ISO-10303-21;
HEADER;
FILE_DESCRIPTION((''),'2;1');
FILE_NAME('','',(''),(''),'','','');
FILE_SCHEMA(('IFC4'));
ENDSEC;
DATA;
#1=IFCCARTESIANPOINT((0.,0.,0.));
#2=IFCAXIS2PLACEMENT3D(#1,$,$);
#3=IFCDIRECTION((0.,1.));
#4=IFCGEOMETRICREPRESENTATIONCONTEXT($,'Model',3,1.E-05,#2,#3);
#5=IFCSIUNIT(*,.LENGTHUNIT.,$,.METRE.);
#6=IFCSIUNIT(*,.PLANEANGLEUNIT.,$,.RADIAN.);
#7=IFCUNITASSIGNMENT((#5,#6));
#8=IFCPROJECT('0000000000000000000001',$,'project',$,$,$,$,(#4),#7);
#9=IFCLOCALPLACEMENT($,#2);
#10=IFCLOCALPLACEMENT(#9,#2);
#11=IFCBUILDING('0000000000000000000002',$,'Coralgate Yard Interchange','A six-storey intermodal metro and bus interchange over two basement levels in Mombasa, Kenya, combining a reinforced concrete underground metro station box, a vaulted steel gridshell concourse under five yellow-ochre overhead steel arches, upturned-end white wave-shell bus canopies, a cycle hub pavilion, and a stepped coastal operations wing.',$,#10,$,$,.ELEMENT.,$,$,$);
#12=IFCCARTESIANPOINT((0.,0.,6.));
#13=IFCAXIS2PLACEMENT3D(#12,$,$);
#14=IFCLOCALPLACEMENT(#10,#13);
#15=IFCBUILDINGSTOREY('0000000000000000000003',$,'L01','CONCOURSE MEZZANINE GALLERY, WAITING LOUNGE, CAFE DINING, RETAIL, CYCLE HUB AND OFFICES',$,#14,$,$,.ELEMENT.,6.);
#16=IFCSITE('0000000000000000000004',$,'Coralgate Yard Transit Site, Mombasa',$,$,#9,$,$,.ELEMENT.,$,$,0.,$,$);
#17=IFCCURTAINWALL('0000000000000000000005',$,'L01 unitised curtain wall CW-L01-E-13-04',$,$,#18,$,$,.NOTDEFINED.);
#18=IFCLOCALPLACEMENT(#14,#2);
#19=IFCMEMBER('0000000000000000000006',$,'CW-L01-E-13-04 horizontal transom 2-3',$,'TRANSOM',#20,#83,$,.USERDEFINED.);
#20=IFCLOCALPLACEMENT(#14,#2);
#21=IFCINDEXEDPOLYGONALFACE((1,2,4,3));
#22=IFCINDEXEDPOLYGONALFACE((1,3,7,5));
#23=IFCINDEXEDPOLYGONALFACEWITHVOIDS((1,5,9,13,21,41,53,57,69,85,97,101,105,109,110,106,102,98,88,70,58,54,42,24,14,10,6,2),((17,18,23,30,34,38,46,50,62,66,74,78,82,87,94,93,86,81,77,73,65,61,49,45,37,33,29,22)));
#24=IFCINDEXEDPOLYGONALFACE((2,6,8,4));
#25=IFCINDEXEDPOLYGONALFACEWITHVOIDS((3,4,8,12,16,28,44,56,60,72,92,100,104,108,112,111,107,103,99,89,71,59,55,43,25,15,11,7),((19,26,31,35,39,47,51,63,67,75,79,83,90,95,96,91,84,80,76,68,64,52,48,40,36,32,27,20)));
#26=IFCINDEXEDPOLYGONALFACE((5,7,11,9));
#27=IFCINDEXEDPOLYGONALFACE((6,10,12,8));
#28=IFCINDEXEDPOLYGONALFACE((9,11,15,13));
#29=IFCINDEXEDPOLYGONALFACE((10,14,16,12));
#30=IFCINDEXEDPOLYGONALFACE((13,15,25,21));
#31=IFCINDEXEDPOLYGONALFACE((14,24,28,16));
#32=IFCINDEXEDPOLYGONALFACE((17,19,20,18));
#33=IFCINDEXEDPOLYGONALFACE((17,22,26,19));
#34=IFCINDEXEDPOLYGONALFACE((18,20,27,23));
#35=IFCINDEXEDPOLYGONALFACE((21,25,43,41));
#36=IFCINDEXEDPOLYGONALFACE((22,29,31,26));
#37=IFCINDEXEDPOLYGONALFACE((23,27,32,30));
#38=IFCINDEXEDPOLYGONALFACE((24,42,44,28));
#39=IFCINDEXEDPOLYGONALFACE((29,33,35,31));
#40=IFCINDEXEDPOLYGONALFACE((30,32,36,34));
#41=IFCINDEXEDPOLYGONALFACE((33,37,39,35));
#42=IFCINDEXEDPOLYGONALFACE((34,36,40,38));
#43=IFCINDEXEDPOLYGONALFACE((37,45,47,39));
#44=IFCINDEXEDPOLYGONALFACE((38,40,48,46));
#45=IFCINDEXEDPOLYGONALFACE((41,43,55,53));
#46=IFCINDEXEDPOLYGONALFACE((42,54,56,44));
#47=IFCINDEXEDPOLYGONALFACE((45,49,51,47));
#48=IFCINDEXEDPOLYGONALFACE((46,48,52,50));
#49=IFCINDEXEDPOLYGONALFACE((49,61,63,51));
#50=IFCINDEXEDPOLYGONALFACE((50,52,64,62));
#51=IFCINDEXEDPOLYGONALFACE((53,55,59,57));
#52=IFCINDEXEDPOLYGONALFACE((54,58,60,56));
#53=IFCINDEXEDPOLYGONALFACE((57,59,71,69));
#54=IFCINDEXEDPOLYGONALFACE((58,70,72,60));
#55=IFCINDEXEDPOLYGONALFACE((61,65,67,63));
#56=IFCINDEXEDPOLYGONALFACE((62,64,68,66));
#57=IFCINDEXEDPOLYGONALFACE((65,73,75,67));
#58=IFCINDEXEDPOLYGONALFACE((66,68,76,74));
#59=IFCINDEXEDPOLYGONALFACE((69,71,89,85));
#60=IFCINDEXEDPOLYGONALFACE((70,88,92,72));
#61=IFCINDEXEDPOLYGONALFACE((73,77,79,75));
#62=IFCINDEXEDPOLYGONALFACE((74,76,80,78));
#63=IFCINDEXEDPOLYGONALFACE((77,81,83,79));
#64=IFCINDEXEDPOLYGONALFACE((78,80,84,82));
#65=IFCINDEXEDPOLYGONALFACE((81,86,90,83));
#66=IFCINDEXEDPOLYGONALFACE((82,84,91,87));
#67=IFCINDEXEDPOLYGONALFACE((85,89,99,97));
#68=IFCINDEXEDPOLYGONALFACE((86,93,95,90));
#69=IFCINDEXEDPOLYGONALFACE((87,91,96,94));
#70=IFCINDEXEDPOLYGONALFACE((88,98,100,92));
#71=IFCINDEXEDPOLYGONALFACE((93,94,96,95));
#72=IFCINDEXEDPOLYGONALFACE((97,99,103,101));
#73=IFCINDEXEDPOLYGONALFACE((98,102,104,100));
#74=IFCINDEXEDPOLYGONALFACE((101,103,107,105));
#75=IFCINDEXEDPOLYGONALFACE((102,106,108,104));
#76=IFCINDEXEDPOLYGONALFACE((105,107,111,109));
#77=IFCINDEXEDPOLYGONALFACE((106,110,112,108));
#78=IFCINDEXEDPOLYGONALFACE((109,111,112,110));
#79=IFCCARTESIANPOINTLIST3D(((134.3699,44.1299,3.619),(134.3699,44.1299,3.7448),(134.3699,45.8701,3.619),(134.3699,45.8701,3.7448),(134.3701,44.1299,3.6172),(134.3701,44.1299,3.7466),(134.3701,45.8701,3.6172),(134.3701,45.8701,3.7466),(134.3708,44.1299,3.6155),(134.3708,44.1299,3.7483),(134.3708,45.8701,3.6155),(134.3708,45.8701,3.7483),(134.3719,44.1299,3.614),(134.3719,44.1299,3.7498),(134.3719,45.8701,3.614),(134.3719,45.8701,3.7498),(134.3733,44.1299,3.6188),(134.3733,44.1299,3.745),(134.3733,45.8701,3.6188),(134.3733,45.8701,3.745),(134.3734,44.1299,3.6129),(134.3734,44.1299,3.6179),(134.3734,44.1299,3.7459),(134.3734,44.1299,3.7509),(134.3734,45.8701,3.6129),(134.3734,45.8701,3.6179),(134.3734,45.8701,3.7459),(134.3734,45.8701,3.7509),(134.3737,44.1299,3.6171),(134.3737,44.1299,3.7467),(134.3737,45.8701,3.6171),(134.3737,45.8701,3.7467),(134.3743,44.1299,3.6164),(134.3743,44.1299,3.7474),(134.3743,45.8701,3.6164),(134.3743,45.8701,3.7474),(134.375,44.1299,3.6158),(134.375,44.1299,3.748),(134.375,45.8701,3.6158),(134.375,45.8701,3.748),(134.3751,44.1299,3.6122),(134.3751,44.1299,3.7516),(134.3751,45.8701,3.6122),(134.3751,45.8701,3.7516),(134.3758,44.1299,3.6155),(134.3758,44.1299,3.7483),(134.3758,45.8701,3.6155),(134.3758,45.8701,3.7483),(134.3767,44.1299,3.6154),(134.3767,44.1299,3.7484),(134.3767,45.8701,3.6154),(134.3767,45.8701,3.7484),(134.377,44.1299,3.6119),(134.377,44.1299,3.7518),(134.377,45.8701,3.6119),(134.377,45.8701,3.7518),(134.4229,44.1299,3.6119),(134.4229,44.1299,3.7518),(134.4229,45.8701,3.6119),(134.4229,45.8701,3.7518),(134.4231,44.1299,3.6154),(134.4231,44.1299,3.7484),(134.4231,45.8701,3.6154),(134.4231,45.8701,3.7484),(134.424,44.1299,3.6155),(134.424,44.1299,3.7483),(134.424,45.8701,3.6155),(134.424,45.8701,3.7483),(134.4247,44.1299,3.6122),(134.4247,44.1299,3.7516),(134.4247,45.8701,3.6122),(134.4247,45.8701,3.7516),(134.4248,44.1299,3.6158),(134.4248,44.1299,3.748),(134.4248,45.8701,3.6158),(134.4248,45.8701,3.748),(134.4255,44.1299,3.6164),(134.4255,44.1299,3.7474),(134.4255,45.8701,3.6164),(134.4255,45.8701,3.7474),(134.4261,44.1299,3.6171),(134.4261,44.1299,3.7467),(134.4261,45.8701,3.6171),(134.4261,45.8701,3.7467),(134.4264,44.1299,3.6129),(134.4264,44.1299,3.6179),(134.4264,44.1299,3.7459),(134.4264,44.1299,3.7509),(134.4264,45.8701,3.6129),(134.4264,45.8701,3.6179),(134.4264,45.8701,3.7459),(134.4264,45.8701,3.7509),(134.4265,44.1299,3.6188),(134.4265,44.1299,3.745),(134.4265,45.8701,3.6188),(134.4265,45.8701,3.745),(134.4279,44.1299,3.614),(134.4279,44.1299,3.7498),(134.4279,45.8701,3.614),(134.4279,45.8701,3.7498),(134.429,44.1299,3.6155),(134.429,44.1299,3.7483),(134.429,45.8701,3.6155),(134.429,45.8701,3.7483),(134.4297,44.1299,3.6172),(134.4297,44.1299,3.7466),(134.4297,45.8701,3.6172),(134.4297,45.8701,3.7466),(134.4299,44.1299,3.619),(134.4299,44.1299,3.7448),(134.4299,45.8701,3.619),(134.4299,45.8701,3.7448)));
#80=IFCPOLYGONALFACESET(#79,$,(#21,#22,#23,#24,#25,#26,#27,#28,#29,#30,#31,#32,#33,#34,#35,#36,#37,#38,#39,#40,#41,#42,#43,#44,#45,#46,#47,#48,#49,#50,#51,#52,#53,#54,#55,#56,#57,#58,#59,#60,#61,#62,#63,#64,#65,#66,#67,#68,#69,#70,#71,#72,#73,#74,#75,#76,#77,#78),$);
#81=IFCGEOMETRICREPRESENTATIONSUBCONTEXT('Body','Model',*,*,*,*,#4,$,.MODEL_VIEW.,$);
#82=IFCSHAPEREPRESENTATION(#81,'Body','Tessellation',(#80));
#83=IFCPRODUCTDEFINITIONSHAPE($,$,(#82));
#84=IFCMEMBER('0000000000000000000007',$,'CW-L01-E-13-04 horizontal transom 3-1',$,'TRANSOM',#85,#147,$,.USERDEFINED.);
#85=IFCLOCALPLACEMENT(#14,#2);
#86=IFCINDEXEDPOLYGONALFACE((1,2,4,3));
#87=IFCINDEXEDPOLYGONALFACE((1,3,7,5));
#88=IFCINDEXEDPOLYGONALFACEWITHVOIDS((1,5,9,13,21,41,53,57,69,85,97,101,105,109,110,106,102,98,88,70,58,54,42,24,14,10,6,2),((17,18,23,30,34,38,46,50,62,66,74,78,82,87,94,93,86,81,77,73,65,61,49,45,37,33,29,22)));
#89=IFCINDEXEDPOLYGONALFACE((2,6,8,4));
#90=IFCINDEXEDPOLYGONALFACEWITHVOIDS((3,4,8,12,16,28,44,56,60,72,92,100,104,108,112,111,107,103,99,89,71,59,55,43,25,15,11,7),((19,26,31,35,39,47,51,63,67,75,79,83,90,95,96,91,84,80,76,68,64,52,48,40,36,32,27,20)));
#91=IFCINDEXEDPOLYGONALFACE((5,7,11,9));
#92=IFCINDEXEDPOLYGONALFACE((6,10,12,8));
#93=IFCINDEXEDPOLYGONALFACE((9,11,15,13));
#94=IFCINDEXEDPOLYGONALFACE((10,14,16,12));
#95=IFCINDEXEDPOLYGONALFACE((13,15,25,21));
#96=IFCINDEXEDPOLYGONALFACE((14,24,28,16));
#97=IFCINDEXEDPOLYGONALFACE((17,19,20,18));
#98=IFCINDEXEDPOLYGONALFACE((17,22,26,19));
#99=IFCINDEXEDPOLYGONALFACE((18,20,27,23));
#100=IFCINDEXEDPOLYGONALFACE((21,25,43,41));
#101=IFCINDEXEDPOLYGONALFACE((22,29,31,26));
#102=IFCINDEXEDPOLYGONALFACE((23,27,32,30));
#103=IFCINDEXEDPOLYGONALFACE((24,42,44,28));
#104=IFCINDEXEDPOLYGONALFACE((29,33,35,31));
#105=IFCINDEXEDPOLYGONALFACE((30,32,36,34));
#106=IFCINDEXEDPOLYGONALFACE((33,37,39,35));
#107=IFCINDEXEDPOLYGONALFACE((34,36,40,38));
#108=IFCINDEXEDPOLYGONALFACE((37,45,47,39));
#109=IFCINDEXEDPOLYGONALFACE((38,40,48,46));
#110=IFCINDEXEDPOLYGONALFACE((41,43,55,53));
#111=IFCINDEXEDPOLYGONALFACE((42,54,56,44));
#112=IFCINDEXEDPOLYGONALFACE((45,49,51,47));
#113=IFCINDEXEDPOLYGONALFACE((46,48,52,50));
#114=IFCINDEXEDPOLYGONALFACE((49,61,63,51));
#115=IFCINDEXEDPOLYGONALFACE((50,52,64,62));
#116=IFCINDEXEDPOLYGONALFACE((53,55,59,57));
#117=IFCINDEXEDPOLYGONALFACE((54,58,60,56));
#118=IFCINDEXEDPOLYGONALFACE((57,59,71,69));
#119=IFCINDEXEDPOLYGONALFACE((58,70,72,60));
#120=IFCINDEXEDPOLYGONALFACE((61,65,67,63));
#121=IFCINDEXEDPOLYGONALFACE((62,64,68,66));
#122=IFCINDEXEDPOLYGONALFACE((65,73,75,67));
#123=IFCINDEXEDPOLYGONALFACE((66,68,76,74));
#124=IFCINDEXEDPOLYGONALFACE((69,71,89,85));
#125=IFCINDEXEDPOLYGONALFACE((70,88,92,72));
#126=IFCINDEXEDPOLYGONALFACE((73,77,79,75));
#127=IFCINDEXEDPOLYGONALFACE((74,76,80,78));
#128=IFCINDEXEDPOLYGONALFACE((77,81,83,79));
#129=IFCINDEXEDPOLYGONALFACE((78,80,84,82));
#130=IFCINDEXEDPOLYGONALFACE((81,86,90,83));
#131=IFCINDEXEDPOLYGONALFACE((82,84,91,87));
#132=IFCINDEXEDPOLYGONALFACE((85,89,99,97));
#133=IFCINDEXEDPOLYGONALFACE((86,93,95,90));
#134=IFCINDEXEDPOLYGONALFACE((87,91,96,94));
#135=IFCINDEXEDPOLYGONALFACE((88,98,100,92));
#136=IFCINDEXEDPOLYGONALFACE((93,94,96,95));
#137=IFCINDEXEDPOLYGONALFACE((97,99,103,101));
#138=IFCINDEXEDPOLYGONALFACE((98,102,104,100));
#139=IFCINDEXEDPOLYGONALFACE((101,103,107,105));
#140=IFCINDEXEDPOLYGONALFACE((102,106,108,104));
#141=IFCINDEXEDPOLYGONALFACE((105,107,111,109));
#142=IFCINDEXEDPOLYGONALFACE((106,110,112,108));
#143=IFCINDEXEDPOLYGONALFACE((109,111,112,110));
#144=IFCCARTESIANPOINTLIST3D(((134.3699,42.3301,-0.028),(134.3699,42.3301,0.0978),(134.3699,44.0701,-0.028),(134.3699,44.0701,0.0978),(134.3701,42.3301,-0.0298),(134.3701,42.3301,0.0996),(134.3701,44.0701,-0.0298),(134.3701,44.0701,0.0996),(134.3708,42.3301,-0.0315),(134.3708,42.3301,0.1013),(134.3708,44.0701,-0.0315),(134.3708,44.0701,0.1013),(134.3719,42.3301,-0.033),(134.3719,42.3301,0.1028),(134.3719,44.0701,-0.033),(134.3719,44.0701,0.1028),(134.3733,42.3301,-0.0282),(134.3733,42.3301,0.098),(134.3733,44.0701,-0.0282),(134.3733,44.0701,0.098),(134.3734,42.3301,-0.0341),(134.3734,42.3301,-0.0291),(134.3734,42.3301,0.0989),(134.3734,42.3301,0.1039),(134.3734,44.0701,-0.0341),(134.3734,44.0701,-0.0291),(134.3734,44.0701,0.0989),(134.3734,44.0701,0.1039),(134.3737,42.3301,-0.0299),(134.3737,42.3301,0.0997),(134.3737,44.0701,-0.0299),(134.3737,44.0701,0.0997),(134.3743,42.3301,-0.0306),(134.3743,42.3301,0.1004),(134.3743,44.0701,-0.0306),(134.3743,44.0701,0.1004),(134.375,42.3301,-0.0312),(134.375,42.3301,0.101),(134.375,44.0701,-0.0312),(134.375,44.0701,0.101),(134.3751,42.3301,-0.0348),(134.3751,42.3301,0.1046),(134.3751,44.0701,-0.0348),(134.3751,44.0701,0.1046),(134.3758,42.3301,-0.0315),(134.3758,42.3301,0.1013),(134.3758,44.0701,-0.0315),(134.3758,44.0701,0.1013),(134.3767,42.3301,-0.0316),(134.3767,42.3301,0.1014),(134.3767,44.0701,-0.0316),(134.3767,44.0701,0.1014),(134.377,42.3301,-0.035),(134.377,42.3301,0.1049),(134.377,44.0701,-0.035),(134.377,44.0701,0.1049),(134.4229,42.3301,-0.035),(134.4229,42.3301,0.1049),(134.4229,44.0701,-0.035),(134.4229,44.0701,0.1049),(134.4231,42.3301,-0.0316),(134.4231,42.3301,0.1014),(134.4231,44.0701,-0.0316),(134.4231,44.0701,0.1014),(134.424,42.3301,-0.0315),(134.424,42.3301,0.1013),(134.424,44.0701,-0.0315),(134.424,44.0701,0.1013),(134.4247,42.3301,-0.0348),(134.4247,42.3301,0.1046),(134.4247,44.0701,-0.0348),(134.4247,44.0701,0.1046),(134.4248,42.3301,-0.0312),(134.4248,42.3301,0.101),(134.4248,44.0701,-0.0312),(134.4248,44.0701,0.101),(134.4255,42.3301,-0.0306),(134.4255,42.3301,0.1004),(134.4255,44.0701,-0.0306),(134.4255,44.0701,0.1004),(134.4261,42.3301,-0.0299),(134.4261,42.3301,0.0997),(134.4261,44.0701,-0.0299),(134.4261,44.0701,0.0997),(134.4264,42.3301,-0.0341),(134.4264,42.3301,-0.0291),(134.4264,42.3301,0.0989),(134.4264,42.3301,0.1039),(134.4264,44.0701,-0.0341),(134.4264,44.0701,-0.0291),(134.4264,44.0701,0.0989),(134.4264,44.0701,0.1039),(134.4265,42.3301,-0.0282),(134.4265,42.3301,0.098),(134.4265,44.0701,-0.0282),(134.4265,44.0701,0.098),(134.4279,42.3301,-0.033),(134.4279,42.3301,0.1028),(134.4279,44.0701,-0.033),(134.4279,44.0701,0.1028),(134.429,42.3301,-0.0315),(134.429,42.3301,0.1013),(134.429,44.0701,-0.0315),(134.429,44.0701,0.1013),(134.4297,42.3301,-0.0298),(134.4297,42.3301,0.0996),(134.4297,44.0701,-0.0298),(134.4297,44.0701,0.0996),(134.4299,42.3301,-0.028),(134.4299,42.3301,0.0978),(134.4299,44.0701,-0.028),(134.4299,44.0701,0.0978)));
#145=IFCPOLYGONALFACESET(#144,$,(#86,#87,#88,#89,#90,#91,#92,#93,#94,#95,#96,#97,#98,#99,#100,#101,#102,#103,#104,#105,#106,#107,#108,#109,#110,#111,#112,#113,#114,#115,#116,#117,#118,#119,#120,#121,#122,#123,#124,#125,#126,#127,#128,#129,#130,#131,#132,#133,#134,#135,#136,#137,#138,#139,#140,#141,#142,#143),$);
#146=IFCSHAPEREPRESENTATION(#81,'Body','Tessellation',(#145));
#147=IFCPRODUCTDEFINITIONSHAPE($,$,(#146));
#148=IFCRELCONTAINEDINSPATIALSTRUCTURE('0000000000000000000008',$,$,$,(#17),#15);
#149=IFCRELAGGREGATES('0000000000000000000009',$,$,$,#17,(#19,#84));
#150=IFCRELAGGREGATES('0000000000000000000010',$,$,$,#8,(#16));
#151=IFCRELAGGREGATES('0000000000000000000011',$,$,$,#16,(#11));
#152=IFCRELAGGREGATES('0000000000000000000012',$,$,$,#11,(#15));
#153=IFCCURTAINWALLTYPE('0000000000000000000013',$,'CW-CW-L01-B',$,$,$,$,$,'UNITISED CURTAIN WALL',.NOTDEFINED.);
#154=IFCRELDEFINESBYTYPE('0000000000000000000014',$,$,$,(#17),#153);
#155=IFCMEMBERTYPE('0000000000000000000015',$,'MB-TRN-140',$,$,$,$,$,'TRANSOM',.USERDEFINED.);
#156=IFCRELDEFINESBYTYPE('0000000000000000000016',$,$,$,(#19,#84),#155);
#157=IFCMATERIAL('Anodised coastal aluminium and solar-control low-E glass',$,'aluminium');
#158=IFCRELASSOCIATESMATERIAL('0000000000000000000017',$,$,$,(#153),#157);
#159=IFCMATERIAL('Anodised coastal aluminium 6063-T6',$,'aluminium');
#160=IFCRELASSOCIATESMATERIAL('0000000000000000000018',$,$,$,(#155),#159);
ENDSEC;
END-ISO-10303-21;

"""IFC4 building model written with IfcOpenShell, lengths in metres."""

from ifc_helpers import new_model, si_unit, direction, frame, origin, origin_2d, place, context, subcontext, project, spatial, hollow_rectangle, extrude, material, material_profile, profile_set, type_object, element, aggregate, save


model = new_model("IFC4")

# Units and contexts
model_context = context("Model", 3, precision=1e-05, world=origin(), true_north=direction((0.0, 1.0)))
body_context = subcontext(model_context, "Body", "Model", "MODEL_VIEW")
ifc_project = project(units=[si_unit("LENGTHUNIT", "METRE"), si_unit("PLANEANGLEUNIT", "RADIAN")], contexts=[model_context])

# Site, building, storey
site_placement = place(None, origin())
site = spatial("IfcSite", under=ifc_project, at=site_placement, Name="Coralgate Yard Transit Site, Mombasa", CompositionType="ELEMENT", RefElevation=0.0)
building_placement = place(site_placement, origin())
building = spatial("IfcBuilding", under=site, at=building_placement, Name="Coralgate Yard Interchange", Description="A six-storey intermodal metro and bus interchange over two basement levels in Mombasa, Kenya, combining a reinforced concrete underground metro station box, a vaulted steel gridshell concourse under five yellow-ochre overhead steel arches, upturned-end white wave-shell bus canopies, a cycle hub pavilion, and a stepped coastal operations wing.", CompositionType="ELEMENT")
storey_placement = place(building_placement, frame((0.0, 0.0, 6.0)))
storey = spatial("IfcBuildingStorey", under=building, at=storey_placement, Name="L01", Description="CONCOURSE MEZZANINE GALLERY, WAITING LOUNGE, CAFE DINING, RETAIL, CYCLE HUB AND OFFICES", CompositionType="ELEMENT", Elevation=6.0)

# Curtain wall, members
ifc_material_1 = material(Name="Anodised coastal aluminium and solar-control low-E glass", Category="aluminium")
curtain_wall_type = type_object("IfcCurtainWallType", Name="CW-CW-L01-B", ElementType="UNITISED CURTAIN WALL", PredefinedType="NOTDEFINED", material=ifc_material_1)
curtain_wall_placement = place(storey_placement, origin())
curtain_wall = element("IfcCurtainWall", 1, at=curtain_wall_placement, inside=storey, type_object=curtain_wall_type, Name="L01 unitised curtain wall CW-L01-E-13-04", PredefinedType="NOTDEFINED")
ifc_material_2 = material(Name="Anodised coastal aluminium 6063-T6", Category="aluminium")
ifc_material_profile_1 = material_profile(ifc_material_2, hollow_rectangle(XDim=0.0601, YDim=0.1399, WallThickness=0.0034, InnerFilletRadius=0.0034, OuterFilletRadius=0.0071, at=origin_2d()), Name="ALU 60x140x3.5")
ifc_profile_set_1 = profile_set([ifc_material_profile_1], Name="Anodised coastal aluminium 6063-T6")
member_type_1 = type_object("IfcMemberType", Name="MB-TRN-140", ElementType="TRANSOM", PredefinedType="USERDEFINED", material=ifc_profile_set_1)
member_1_placement = place(storey_placement, frame((134.3999, 45.8701, 3.6819), z_axis=(0.0, -1.0, 0.0), x_axis=(1.0, 0.0, 0.0)))
member_1 = element("IfcMember", 2, at=member_1_placement, type_object=member_type_1, Name="CW-L01-E-13-04 horizontal transom 2-3", ObjectType="TRANSOM", PredefinedType="USERDEFINED", context=body_context, shape_type="SweptSolid", body=[
    extrude(hollow_rectangle(XDim=0.0601, YDim=0.1399, WallThickness=0.0034, InnerFilletRadius=0.0034, OuterFilletRadius=0.0071, at=origin_2d()), origin(), (0.0, 0.0, 1.0), 1.7402),
])
member_2_placement = place(storey_placement, frame((134.3999, 44.0701, 0.0349), z_axis=(0.0, -1.0, 0.0), x_axis=(1.0, 0.0, 0.0)))
member_2 = element("IfcMember", 3, at=member_2_placement, type_object=member_type_1, Name="CW-L01-E-13-04 horizontal transom 3-1", ObjectType="TRANSOM", PredefinedType="USERDEFINED", context=body_context, shape_type="SweptSolid", body=[
    extrude(hollow_rectangle(XDim=0.0601, YDim=0.1399, WallThickness=0.0034, InnerFilletRadius=0.0034, OuterFilletRadius=0.0071, at=origin_2d()), origin(), (0.0, 0.0, 1.0), 1.74),
])
aggregate(curtain_wall, [member_1, member_2])

save(model, "model.ifc")
